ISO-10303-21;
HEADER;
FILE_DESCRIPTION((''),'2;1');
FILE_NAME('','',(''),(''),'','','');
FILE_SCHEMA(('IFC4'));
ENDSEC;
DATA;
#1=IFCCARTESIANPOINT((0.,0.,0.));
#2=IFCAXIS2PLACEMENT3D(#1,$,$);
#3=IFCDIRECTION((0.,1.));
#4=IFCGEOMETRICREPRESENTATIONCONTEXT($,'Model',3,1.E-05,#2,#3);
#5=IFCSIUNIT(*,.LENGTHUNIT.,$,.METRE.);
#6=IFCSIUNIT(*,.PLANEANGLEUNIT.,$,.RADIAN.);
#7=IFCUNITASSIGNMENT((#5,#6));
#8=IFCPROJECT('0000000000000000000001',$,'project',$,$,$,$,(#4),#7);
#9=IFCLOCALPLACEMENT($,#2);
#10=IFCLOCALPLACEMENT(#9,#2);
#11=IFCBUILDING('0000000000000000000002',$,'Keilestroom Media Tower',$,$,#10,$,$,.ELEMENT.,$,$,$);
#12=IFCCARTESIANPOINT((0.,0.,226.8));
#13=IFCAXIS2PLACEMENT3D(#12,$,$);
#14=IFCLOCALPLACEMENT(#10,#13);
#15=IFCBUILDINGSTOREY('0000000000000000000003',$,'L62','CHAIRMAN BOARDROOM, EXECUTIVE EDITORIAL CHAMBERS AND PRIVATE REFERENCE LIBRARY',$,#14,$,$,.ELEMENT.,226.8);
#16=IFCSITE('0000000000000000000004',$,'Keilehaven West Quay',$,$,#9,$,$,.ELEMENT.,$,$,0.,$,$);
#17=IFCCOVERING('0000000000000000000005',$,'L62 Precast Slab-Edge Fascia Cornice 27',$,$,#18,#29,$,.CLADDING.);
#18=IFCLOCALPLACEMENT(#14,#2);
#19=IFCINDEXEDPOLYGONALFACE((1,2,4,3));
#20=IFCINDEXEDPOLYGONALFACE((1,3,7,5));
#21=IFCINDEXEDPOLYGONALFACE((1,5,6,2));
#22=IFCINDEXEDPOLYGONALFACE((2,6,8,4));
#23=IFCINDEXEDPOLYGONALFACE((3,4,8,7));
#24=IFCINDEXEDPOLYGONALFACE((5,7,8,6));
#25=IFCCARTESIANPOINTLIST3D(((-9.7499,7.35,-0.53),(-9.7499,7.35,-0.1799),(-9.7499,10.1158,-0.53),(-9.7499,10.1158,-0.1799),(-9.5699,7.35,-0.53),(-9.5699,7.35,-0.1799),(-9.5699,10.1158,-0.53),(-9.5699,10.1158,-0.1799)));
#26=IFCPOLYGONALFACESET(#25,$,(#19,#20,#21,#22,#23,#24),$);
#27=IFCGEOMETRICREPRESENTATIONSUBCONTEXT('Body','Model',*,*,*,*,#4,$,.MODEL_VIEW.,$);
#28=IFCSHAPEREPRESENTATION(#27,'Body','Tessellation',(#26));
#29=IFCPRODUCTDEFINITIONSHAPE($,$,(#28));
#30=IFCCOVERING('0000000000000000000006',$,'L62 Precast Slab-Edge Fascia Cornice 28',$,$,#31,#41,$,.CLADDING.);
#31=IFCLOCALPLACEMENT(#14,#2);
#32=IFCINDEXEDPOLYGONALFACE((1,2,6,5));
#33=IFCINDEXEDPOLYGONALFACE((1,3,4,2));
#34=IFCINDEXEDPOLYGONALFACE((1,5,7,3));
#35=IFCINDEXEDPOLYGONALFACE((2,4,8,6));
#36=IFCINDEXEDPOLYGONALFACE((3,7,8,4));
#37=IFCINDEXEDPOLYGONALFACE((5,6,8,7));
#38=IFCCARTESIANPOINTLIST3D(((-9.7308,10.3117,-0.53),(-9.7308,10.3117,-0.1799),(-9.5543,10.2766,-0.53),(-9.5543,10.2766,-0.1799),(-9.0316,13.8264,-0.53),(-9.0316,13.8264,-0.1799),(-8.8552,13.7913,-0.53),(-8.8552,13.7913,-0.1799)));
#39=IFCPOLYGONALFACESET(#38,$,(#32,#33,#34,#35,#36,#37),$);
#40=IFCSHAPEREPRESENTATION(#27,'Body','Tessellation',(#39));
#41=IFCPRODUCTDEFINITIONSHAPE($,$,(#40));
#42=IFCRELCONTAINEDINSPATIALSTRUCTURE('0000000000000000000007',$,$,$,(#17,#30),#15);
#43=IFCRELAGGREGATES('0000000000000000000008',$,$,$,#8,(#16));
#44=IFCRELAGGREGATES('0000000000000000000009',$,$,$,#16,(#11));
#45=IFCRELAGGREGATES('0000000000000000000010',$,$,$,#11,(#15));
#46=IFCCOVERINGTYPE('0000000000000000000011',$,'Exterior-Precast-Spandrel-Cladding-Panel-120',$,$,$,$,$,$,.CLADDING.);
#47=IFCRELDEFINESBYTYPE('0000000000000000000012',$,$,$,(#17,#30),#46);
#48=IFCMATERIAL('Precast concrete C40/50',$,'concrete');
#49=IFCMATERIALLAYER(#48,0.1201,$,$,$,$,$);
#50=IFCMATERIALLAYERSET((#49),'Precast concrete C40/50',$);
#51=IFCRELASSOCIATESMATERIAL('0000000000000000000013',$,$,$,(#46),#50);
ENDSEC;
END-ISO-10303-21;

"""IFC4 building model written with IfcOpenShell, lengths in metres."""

from ifc_helpers import new_model, si_unit, direction, frame, origin, origin_2d, place, context, subcontext, project, spatial, rectangle, extrude, source, transform, mapped, material, layer, layer_set, type_object, element, save


model = new_model("IFC4")

# Units and contexts
model_context = context("Model", 3, precision=1e-05, world=origin(), true_north=direction((0.0, 1.0)))
body_context = subcontext(model_context, "Body", "Model", "MODEL_VIEW")
ifc_project = project(units=[si_unit("LENGTHUNIT", "METRE"), si_unit("PLANEANGLEUNIT", "RADIAN")], contexts=[model_context])

# Site, building, storey
site_placement = place(None, origin())
site = spatial("IfcSite", under=ifc_project, at=site_placement, Name="Keilehaven West Quay", CompositionType="ELEMENT", RefElevation=0.0)
building_placement = place(site_placement, origin())
building = spatial("IfcBuilding", under=site, at=building_placement, Name="Keilestroom Media Tower", CompositionType="ELEMENT")
storey_placement = place(building_placement, frame((0.0, 0.0, 226.8)))
storey = spatial("IfcBuildingStorey", under=building, at=storey_placement, Name="L62", Description="CHAIRMAN BOARDROOM, EXECUTIVE EDITORIAL CHAMBERS AND PRIVATE REFERENCE LIBRARY", CompositionType="ELEMENT", Elevation=226.8)

# Shared definitions
ifc_material_1 = material(Name="Precast concrete C40/50", Category="concrete")

# Coverings
ifc_layer_1 = layer(ifc_material_1, 0.1201)
ifc_layer_set_1 = layer_set([ifc_layer_1], Name="Precast concrete C40/50")
covering_type = type_object("IfcCoveringType", Name="Exterior-Precast-Spandrel-Cladding-Panel-120", PredefinedType="CLADDING", material=ifc_layer_set_1)
shared_shape_1 = source(origin(), body_context, "Body", "SweptSolid", [
    extrude(rectangle(XDim=2.7659, YDim=0.1799, at=origin_2d()), origin(), (0.0, 0.0, 1.0), 0.3501),
])
covering_1_placement = place(storey_placement, frame((-9.6599, 8.7329, -0.53), z_axis=(0.0, 0.0, 1.0), x_axis=(0.0, 1.0, 0.0)))
element("IfcCovering", 1, at=covering_1_placement, inside=storey, type_object=covering_type, Name="L62 Precast Slab-Edge Fascia Cornice 27", PredefinedType="CLADDING", context=body_context, shape_type="MappedRepresentation", body=[
    mapped(shared_shape_1, transform((0.0, 0.0, 0.0), x_axis=(1.0, 0.0, 0.0), y_axis=(0.0, 1.0, 0.0), z_axis=(0.0, 0.0, 1.0), scale=1.0)),
])
shared_shape_2 = source(origin(), body_context, "Body", "SweptSolid", [
    extrude(rectangle(XDim=3.5835, YDim=0.1799, at=origin_2d()), origin(), (0.0, 0.0, 1.0), 0.3501),
])
covering_2_placement = place(storey_placement, frame((-9.293, 12.0515, -0.53), z_axis=(0.0, 0.0, 1.0), x_axis=(0.195099, 0.980784, 0.0)))
element("IfcCovering", 2, at=covering_2_placement, inside=storey, type_object=covering_type, Name="L62 Precast Slab-Edge Fascia Cornice 28", PredefinedType="CLADDING", context=body_context, shape_type="MappedRepresentation", body=[
    mapped(shared_shape_2, transform((0.0, 0.0, 0.0), x_axis=(1.0, 0.0, 0.0), y_axis=(0.0, 1.0, 0.0), z_axis=(0.0, 0.0, 1.0), scale=1.0)),
])

save(model, "model.ifc")
